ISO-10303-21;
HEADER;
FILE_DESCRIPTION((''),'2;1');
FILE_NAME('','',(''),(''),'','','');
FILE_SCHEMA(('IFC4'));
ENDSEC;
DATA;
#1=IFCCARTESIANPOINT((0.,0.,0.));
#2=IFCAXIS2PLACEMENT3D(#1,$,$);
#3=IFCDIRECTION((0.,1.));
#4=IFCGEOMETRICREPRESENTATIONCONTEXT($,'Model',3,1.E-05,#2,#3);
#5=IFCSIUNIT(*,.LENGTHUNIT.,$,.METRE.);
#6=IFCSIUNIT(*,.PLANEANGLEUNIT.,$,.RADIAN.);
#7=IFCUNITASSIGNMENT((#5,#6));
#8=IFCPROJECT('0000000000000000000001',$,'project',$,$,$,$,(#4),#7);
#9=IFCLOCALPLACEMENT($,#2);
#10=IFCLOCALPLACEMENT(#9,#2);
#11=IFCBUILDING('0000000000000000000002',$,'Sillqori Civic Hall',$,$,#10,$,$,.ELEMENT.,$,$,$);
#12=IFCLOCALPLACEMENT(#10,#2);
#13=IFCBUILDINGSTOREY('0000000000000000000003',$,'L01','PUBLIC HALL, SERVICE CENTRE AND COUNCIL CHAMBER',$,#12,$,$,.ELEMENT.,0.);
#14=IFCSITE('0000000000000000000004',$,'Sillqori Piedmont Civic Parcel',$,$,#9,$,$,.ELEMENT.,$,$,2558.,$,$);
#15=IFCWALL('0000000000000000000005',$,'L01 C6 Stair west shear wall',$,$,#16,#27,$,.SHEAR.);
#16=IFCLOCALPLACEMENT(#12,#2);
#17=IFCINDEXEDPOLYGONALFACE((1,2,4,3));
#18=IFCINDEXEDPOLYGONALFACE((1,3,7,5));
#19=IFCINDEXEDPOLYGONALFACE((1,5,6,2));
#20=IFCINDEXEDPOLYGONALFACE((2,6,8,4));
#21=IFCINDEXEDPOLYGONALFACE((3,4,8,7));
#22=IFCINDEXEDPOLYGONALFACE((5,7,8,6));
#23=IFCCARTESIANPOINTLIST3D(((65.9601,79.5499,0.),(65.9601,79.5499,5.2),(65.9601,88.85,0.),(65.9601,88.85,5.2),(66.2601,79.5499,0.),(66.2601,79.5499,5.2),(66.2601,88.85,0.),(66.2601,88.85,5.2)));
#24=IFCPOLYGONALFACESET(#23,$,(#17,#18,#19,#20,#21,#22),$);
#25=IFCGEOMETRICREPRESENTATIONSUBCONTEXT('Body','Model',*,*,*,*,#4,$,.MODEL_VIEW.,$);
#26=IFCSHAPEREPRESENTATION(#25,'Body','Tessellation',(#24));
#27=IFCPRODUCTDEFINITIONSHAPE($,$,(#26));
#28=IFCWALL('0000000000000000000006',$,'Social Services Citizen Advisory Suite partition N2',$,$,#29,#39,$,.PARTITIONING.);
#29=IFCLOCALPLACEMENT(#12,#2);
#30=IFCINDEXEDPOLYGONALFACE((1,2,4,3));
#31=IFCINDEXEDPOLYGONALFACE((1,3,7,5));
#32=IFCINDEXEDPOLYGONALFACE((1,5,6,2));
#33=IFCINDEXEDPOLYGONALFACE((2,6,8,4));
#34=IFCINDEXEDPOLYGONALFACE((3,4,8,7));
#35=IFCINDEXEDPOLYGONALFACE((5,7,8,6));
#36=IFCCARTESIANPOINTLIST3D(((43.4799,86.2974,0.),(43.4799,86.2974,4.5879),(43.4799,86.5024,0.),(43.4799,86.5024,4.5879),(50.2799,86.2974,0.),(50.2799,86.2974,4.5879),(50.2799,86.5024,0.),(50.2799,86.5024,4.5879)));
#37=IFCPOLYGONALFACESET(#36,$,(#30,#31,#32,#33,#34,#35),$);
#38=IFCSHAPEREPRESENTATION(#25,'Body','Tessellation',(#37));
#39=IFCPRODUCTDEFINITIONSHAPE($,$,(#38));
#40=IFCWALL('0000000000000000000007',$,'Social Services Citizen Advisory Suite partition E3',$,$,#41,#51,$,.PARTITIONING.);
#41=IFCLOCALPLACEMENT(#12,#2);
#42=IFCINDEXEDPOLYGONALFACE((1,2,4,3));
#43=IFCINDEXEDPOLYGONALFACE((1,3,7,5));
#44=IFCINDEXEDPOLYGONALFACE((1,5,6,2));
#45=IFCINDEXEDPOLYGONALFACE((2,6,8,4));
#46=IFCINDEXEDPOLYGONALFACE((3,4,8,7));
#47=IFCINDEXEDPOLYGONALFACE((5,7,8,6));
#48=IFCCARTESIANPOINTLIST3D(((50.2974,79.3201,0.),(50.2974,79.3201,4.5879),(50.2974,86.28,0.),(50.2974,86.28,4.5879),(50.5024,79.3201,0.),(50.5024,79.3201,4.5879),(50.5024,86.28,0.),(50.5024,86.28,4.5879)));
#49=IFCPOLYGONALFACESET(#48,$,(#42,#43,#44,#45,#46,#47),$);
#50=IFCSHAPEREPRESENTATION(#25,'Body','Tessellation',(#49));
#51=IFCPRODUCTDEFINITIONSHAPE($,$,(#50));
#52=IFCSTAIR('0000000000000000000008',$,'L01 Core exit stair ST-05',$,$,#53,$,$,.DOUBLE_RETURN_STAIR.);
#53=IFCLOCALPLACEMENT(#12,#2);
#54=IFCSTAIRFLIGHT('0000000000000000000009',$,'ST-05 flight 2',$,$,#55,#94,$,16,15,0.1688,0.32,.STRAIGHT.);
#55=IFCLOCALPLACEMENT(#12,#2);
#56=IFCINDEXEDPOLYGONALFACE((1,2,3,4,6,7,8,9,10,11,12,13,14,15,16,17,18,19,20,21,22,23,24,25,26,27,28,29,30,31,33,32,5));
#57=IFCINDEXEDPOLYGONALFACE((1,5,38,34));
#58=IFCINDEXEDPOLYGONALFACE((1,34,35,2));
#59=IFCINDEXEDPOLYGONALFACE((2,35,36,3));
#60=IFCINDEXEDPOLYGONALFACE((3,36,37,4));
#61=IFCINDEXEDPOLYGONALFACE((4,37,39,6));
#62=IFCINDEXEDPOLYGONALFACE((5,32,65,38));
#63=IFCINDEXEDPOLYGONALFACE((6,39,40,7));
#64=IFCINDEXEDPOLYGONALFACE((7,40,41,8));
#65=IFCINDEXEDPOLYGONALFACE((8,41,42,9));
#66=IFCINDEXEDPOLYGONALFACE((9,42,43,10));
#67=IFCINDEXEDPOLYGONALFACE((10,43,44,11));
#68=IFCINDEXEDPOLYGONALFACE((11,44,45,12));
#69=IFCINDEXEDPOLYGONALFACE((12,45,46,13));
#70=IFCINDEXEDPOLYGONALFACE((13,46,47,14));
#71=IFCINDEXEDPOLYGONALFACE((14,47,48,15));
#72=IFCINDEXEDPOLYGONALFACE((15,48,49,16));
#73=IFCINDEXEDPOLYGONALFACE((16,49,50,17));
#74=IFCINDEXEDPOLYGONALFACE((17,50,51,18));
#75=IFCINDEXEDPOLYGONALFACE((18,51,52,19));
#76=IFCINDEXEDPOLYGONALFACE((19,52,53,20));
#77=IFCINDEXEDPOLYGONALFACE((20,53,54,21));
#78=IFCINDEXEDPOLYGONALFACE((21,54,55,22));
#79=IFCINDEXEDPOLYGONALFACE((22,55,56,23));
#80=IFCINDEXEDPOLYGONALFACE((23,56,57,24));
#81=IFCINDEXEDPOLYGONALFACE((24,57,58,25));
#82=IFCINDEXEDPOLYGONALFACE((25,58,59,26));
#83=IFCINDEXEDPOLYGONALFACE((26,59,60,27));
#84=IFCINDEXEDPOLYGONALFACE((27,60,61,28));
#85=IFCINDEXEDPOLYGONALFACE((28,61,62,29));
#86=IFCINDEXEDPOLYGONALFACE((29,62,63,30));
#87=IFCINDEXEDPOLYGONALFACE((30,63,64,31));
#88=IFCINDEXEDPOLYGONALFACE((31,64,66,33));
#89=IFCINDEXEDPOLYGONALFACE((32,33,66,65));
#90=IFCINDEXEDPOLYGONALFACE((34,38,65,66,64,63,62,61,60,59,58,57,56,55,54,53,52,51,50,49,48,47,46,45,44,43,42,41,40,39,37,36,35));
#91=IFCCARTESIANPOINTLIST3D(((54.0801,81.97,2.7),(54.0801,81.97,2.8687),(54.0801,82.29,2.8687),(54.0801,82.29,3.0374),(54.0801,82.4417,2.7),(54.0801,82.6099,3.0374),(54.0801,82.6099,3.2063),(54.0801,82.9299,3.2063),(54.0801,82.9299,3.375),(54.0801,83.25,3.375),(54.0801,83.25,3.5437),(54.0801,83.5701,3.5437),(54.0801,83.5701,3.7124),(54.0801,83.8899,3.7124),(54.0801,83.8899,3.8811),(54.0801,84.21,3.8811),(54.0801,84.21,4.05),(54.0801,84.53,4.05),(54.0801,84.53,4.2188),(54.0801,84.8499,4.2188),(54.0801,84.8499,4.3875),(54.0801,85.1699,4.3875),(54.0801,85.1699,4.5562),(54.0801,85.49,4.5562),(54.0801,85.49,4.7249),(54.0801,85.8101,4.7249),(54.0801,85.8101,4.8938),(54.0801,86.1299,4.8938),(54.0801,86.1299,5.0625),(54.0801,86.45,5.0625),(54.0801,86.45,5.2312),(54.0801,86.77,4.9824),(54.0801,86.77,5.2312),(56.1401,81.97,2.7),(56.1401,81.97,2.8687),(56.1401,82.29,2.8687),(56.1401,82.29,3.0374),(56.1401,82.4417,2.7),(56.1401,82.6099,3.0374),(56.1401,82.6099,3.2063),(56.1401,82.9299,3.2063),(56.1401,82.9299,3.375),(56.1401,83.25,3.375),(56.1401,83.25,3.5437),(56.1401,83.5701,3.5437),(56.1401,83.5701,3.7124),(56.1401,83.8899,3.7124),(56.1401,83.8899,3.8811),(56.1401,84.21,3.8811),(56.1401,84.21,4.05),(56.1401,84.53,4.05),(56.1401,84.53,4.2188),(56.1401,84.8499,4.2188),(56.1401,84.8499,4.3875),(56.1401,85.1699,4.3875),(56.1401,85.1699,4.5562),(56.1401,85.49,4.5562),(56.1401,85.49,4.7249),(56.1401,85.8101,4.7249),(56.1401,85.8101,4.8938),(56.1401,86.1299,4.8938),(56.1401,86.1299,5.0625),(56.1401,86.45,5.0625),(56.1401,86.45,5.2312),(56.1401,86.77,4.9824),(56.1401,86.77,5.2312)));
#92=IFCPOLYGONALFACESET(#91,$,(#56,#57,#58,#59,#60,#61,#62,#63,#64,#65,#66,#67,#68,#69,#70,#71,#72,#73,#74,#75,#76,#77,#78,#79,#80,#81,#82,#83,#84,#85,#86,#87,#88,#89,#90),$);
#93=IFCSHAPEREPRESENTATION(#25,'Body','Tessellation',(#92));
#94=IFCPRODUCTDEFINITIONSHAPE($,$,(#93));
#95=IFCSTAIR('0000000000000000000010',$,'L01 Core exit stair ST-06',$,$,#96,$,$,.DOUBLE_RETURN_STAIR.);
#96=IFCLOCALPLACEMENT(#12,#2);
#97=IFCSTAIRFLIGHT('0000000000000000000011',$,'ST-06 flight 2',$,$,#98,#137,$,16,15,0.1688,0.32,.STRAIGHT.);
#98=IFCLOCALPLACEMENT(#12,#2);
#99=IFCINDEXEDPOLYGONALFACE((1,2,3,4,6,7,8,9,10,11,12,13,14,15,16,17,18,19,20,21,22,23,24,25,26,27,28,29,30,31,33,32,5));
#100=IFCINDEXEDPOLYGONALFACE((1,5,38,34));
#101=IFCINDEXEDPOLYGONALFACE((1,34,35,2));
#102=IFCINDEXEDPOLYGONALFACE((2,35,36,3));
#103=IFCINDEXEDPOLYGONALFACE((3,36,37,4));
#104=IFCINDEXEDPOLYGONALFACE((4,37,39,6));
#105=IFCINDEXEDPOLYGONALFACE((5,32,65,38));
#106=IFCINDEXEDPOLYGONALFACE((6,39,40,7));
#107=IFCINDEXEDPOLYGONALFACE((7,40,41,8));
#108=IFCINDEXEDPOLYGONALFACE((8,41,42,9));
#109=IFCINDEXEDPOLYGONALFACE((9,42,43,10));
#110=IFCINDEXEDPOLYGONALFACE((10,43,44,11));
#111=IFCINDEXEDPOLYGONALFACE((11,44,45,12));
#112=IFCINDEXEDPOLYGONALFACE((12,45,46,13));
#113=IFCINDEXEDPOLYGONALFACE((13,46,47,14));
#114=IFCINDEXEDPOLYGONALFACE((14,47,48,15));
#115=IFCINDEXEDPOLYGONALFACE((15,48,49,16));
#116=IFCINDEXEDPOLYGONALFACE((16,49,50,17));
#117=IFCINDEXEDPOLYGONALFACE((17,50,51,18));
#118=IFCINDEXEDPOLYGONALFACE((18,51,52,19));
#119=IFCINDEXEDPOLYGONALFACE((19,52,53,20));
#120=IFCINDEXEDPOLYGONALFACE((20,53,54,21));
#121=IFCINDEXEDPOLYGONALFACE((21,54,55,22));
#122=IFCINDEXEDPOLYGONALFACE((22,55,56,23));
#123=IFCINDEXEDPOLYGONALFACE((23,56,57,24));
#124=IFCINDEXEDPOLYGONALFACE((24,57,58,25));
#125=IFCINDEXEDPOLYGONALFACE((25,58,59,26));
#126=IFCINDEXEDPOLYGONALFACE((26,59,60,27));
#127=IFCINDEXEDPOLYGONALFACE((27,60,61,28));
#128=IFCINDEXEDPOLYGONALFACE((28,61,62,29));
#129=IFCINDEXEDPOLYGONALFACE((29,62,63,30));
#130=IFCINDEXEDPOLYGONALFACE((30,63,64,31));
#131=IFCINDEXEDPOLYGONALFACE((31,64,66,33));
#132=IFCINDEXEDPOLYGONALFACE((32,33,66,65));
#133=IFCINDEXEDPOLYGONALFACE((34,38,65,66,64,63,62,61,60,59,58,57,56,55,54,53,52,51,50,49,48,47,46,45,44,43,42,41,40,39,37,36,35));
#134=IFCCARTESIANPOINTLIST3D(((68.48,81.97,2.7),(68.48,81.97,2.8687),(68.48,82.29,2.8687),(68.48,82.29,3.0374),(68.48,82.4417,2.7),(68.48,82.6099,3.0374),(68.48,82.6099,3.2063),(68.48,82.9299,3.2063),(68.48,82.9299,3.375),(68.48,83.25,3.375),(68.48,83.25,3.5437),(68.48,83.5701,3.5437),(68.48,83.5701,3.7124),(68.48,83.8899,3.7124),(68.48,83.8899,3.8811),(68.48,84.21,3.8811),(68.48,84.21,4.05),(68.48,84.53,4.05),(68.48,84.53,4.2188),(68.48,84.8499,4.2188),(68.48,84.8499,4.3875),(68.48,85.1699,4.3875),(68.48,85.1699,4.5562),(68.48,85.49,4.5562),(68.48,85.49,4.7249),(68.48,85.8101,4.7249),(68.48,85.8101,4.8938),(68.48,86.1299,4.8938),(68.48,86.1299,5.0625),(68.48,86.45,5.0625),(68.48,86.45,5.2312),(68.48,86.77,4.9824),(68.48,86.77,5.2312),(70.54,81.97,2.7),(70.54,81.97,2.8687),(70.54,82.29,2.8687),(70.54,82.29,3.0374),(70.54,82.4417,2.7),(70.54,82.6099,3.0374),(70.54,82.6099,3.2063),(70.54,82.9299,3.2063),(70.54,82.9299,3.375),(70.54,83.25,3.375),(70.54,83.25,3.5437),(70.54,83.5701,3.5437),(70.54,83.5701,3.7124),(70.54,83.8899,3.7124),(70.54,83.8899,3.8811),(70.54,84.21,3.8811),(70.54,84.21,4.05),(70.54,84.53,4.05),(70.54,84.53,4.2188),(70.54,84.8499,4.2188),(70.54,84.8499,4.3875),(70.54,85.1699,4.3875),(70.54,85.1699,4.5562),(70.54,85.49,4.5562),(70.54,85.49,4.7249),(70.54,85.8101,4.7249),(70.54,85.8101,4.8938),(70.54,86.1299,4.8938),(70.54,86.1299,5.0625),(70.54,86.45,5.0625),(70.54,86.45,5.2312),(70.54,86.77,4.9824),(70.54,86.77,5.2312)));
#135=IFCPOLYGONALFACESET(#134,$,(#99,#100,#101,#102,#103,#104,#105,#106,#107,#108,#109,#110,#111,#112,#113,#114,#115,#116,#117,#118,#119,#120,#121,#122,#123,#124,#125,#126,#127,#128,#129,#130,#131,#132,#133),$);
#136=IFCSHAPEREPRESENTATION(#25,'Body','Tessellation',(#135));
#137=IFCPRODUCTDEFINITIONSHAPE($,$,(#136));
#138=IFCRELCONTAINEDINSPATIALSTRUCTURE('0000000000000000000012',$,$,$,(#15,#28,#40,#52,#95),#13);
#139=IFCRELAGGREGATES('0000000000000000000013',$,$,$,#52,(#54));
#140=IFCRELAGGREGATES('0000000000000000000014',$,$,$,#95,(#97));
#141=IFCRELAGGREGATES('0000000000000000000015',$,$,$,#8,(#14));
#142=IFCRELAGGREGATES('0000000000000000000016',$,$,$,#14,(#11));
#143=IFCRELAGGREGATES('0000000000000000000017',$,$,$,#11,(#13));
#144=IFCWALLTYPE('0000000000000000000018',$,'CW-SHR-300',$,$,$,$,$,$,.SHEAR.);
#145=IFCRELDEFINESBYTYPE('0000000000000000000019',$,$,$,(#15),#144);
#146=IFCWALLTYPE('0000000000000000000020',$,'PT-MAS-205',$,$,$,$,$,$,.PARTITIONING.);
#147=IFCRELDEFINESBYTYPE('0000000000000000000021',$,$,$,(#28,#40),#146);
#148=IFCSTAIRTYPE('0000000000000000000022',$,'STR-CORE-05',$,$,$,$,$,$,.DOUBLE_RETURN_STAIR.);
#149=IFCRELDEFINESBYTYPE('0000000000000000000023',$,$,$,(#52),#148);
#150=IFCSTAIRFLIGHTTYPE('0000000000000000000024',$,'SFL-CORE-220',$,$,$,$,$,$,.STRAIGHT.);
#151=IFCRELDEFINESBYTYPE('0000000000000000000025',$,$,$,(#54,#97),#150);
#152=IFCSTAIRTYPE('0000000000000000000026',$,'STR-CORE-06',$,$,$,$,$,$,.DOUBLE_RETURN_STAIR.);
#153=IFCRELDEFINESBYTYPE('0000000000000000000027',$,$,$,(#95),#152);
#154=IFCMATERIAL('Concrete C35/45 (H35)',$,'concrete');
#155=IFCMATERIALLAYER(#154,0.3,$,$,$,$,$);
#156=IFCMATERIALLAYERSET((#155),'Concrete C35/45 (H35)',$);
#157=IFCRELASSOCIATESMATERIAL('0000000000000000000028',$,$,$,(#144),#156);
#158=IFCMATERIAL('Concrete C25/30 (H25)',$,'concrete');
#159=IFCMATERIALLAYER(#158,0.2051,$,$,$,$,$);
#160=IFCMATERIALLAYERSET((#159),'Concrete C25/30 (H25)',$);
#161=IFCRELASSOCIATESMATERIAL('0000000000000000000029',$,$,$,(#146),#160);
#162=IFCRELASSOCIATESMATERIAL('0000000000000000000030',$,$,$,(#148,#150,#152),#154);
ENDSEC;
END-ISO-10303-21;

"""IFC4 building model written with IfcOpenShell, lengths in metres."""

from ifc_helpers import new_model, si_unit, direction, frame, frame_2d, origin, place, context, subcontext, project, spatial, polyline, rectangle, outline, extrude, material, layer, layer_set, type_object, element, aggregate, save


model = new_model("IFC4")

# Units and contexts
model_context = context("Model", 3, precision=1e-05, world=origin(), true_north=direction((0.0, 1.0)))
body_context = subcontext(model_context, "Body", "Model", "MODEL_VIEW")
ifc_project = project(units=[si_unit("LENGTHUNIT", "METRE"), si_unit("PLANEANGLEUNIT", "RADIAN")], contexts=[model_context])

# Site, building, storey
site_placement = place(None, origin())
site = spatial("IfcSite", under=ifc_project, at=site_placement, Name="Sillqori Piedmont Civic Parcel", CompositionType="ELEMENT", RefElevation=2558.0)
building_placement = place(site_placement, origin())
building = spatial("IfcBuilding", under=site, at=building_placement, Name="Sillqori Civic Hall", CompositionType="ELEMENT")
storey_placement = place(building_placement, origin())
storey = spatial("IfcBuildingStorey", under=building, at=storey_placement, Name="L01", Description="PUBLIC HALL, SERVICE CENTRE AND COUNCIL CHAMBER", CompositionType="ELEMENT", Elevation=0.0)

# Walls
ifc_material_1 = material(Name="Concrete C35/45 (H35)", Category="concrete")
ifc_layer_1 = layer(ifc_material_1, 0.3)
ifc_layer_set_1 = layer_set([ifc_layer_1], Name="Concrete C35/45 (H35)")
wall_type_1 = type_object("IfcWallType", Name="CW-SHR-300", PredefinedType="SHEAR", material=ifc_layer_set_1)
wall_1_placement = place(storey_placement, frame((66.1101, 79.55, 0.0), z_axis=(0.0, 0.0, 1.0), x_axis=(0.0, 1.0, 0.0)))
element("IfcWall", 1, at=wall_1_placement, inside=storey, type_object=wall_type_1, Name="L01 C6 Stair west shear wall", PredefinedType="SHEAR", context=body_context, shape_type="SweptSolid", body=[
    extrude(rectangle(XDim=9.3, YDim=0.3, at=frame_2d((4.6499, 0.0))), origin(), (0.0, 0.0, 1.0), 5.2),
])
ifc_material_2 = material(Name="Concrete C25/30 (H25)", Category="concrete")
ifc_layer_2 = layer(ifc_material_2, 0.2051)
ifc_layer_set_2 = layer_set([ifc_layer_2], Name="Concrete C25/30 (H25)")
wall_type_2 = type_object("IfcWallType", Name="PT-MAS-205", PredefinedType="PARTITIONING", material=ifc_layer_set_2)
wall_2_placement = place(storey_placement, frame((43.48, 86.3999, 0.0), z_axis=(0.0, 0.0, 1.0), x_axis=(1.0, 0.0, 0.0)))
element("IfcWall", 2, at=wall_2_placement, inside=storey, type_object=wall_type_2, Name="Social Services Citizen Advisory Suite partition N2", PredefinedType="PARTITIONING", context=body_context, shape_type="SweptSolid", body=[
    extrude(rectangle(XDim=6.8, YDim=0.2051, at=frame_2d((3.3999, 0.0))), origin(), (0.0, 0.0, 1.0), 4.5879),
])
wall_3_placement = place(storey_placement, frame((50.3999, 86.28, 0.0), z_axis=(0.0, 0.0, 1.0), x_axis=(0.0, -1.0, 0.0)))
element("IfcWall", 3, at=wall_3_placement, inside=storey, type_object=wall_type_2, Name="Social Services Citizen Advisory Suite partition E3", PredefinedType="PARTITIONING", context=body_context, shape_type="SweptSolid", body=[
    extrude(rectangle(XDim=6.96, YDim=0.2051, at=frame_2d((3.48, 0.0))), origin(), (0.0, 0.0, 1.0), 4.5879),
])

# Stairs, stair flights
stair_type_1 = type_object("IfcStairType", Name="STR-CORE-05", PredefinedType="DOUBLE_RETURN_STAIR", material=ifc_material_1)
stair_1_placement = place(storey_placement, origin())
stair_1 = element("IfcStair", 4, at=stair_1_placement, inside=storey, type_object=stair_type_1, Name="L01 Core exit stair ST-05", PredefinedType="DOUBLE_RETURN_STAIR")
stair_flight_type = type_object("IfcStairFlightType", Name="SFL-CORE-220", PredefinedType="STRAIGHT", material=ifc_material_1)
stair_flight_1_placement = place(storey_placement, frame((55.1101, 81.97, 2.7), z_axis=(0.0, 0.0, 1.0), x_axis=(0.0, 1.0, 0.0)))
stair_flight_1 = element("IfcStairFlight", 5, at=stair_flight_1_placement, type_object=stair_flight_type, Name="ST-05 flight 2", NumberOfRisers=16, NumberOfTreads=15, PredefinedType="STRAIGHT", RiserHeight=0.1688, TreadLength=0.32, context=body_context, shape_type="SweptSolid", body=[
    extrude(outline(polyline([(0.0, 0.0), (0.0, 0.1687), (0.3201, 0.1687), (0.3201, 0.3374), (0.6399, 0.3374), (0.6399, 0.5063), (0.96, 0.5063), (0.96, 0.675), (1.28, 0.675), (1.28, 0.8438), (1.6001, 0.8438), (1.6001, 1.0125), (1.9199, 1.0125), (1.9199, 1.1812), (2.24, 1.1812), (2.24, 1.3501), (2.5601, 1.3501), (2.5601, 1.5188), (2.8799, 1.5188), (2.8799, 1.6875), (3.2, 1.6875), (3.2, 1.8562), (3.52, 1.8562), (3.52, 2.0249), (3.8401, 2.0249), (3.8401, 2.1938), (4.1599, 2.1938), (4.1599, 2.3625), (4.48, 2.3625), (4.48, 2.5312), (4.8, 2.5312), (4.8, 2.7), (4.8, 2.2825), (0.4717, 0.0), (0.0, 0.0)])), frame((0.0, 1.03, 0.0), z_axis=(0.0, -1.0, 0.0), x_axis=(1.0, 0.0, 0.0)), (0.0, 0.0, 1.0), 2.0601),
])
aggregate(stair_1, [stair_flight_1])
stair_type_2 = type_object("IfcStairType", Name="STR-CORE-06", PredefinedType="DOUBLE_RETURN_STAIR", material=ifc_material_1)
stair_2_placement = place(storey_placement, origin())
stair_2 = element("IfcStair", 6, at=stair_2_placement, inside=storey, type_object=stair_type_2, Name="L01 Core exit stair ST-06", PredefinedType="DOUBLE_RETURN_STAIR")
stair_flight_2_placement = place(storey_placement, frame((69.51, 81.97, 2.7), z_axis=(0.0, 0.0, 1.0), x_axis=(0.0, 1.0, 0.0)))
stair_flight_2 = element("IfcStairFlight", 7, at=stair_flight_2_placement, type_object=stair_flight_type, Name="ST-06 flight 2", NumberOfRisers=16, NumberOfTreads=15, PredefinedType="STRAIGHT", RiserHeight=0.1688, TreadLength=0.32, context=body_context, shape_type="SweptSolid", body=[
    extrude(outline(polyline([(0.0, 0.0), (0.0, 0.1687), (0.3201, 0.1687), (0.3201, 0.3374), (0.6399, 0.3374), (0.6399, 0.5063), (0.96, 0.5063), (0.96, 0.675), (1.28, 0.675), (1.28, 0.8438), (1.6001, 0.8438), (1.6001, 1.0125), (1.9199, 1.0125), (1.9199, 1.1812), (2.24, 1.1812), (2.24, 1.3501), (2.5601, 1.3501), (2.5601, 1.5188), (2.8799, 1.5188), (2.8799, 1.6875), (3.2, 1.6875), (3.2, 1.8562), (3.52, 1.8562), (3.52, 2.0249), (3.8401, 2.0249), (3.8401, 2.1938), (4.1599, 2.1938), (4.1599, 2.3625), (4.48, 2.3625), (4.48, 2.5312), (4.8, 2.5312), (4.8, 2.7), (4.8, 2.2825), (0.4717, 0.0), (0.0, 0.0)])), frame((0.0, 1.03, 0.0), z_axis=(0.0, -1.0, 0.0), x_axis=(1.0, 0.0, 0.0)), (0.0, 0.0, 1.0), 2.0601),
])
aggregate(stair_2, [stair_flight_2])

save(model, "model.ifc")
